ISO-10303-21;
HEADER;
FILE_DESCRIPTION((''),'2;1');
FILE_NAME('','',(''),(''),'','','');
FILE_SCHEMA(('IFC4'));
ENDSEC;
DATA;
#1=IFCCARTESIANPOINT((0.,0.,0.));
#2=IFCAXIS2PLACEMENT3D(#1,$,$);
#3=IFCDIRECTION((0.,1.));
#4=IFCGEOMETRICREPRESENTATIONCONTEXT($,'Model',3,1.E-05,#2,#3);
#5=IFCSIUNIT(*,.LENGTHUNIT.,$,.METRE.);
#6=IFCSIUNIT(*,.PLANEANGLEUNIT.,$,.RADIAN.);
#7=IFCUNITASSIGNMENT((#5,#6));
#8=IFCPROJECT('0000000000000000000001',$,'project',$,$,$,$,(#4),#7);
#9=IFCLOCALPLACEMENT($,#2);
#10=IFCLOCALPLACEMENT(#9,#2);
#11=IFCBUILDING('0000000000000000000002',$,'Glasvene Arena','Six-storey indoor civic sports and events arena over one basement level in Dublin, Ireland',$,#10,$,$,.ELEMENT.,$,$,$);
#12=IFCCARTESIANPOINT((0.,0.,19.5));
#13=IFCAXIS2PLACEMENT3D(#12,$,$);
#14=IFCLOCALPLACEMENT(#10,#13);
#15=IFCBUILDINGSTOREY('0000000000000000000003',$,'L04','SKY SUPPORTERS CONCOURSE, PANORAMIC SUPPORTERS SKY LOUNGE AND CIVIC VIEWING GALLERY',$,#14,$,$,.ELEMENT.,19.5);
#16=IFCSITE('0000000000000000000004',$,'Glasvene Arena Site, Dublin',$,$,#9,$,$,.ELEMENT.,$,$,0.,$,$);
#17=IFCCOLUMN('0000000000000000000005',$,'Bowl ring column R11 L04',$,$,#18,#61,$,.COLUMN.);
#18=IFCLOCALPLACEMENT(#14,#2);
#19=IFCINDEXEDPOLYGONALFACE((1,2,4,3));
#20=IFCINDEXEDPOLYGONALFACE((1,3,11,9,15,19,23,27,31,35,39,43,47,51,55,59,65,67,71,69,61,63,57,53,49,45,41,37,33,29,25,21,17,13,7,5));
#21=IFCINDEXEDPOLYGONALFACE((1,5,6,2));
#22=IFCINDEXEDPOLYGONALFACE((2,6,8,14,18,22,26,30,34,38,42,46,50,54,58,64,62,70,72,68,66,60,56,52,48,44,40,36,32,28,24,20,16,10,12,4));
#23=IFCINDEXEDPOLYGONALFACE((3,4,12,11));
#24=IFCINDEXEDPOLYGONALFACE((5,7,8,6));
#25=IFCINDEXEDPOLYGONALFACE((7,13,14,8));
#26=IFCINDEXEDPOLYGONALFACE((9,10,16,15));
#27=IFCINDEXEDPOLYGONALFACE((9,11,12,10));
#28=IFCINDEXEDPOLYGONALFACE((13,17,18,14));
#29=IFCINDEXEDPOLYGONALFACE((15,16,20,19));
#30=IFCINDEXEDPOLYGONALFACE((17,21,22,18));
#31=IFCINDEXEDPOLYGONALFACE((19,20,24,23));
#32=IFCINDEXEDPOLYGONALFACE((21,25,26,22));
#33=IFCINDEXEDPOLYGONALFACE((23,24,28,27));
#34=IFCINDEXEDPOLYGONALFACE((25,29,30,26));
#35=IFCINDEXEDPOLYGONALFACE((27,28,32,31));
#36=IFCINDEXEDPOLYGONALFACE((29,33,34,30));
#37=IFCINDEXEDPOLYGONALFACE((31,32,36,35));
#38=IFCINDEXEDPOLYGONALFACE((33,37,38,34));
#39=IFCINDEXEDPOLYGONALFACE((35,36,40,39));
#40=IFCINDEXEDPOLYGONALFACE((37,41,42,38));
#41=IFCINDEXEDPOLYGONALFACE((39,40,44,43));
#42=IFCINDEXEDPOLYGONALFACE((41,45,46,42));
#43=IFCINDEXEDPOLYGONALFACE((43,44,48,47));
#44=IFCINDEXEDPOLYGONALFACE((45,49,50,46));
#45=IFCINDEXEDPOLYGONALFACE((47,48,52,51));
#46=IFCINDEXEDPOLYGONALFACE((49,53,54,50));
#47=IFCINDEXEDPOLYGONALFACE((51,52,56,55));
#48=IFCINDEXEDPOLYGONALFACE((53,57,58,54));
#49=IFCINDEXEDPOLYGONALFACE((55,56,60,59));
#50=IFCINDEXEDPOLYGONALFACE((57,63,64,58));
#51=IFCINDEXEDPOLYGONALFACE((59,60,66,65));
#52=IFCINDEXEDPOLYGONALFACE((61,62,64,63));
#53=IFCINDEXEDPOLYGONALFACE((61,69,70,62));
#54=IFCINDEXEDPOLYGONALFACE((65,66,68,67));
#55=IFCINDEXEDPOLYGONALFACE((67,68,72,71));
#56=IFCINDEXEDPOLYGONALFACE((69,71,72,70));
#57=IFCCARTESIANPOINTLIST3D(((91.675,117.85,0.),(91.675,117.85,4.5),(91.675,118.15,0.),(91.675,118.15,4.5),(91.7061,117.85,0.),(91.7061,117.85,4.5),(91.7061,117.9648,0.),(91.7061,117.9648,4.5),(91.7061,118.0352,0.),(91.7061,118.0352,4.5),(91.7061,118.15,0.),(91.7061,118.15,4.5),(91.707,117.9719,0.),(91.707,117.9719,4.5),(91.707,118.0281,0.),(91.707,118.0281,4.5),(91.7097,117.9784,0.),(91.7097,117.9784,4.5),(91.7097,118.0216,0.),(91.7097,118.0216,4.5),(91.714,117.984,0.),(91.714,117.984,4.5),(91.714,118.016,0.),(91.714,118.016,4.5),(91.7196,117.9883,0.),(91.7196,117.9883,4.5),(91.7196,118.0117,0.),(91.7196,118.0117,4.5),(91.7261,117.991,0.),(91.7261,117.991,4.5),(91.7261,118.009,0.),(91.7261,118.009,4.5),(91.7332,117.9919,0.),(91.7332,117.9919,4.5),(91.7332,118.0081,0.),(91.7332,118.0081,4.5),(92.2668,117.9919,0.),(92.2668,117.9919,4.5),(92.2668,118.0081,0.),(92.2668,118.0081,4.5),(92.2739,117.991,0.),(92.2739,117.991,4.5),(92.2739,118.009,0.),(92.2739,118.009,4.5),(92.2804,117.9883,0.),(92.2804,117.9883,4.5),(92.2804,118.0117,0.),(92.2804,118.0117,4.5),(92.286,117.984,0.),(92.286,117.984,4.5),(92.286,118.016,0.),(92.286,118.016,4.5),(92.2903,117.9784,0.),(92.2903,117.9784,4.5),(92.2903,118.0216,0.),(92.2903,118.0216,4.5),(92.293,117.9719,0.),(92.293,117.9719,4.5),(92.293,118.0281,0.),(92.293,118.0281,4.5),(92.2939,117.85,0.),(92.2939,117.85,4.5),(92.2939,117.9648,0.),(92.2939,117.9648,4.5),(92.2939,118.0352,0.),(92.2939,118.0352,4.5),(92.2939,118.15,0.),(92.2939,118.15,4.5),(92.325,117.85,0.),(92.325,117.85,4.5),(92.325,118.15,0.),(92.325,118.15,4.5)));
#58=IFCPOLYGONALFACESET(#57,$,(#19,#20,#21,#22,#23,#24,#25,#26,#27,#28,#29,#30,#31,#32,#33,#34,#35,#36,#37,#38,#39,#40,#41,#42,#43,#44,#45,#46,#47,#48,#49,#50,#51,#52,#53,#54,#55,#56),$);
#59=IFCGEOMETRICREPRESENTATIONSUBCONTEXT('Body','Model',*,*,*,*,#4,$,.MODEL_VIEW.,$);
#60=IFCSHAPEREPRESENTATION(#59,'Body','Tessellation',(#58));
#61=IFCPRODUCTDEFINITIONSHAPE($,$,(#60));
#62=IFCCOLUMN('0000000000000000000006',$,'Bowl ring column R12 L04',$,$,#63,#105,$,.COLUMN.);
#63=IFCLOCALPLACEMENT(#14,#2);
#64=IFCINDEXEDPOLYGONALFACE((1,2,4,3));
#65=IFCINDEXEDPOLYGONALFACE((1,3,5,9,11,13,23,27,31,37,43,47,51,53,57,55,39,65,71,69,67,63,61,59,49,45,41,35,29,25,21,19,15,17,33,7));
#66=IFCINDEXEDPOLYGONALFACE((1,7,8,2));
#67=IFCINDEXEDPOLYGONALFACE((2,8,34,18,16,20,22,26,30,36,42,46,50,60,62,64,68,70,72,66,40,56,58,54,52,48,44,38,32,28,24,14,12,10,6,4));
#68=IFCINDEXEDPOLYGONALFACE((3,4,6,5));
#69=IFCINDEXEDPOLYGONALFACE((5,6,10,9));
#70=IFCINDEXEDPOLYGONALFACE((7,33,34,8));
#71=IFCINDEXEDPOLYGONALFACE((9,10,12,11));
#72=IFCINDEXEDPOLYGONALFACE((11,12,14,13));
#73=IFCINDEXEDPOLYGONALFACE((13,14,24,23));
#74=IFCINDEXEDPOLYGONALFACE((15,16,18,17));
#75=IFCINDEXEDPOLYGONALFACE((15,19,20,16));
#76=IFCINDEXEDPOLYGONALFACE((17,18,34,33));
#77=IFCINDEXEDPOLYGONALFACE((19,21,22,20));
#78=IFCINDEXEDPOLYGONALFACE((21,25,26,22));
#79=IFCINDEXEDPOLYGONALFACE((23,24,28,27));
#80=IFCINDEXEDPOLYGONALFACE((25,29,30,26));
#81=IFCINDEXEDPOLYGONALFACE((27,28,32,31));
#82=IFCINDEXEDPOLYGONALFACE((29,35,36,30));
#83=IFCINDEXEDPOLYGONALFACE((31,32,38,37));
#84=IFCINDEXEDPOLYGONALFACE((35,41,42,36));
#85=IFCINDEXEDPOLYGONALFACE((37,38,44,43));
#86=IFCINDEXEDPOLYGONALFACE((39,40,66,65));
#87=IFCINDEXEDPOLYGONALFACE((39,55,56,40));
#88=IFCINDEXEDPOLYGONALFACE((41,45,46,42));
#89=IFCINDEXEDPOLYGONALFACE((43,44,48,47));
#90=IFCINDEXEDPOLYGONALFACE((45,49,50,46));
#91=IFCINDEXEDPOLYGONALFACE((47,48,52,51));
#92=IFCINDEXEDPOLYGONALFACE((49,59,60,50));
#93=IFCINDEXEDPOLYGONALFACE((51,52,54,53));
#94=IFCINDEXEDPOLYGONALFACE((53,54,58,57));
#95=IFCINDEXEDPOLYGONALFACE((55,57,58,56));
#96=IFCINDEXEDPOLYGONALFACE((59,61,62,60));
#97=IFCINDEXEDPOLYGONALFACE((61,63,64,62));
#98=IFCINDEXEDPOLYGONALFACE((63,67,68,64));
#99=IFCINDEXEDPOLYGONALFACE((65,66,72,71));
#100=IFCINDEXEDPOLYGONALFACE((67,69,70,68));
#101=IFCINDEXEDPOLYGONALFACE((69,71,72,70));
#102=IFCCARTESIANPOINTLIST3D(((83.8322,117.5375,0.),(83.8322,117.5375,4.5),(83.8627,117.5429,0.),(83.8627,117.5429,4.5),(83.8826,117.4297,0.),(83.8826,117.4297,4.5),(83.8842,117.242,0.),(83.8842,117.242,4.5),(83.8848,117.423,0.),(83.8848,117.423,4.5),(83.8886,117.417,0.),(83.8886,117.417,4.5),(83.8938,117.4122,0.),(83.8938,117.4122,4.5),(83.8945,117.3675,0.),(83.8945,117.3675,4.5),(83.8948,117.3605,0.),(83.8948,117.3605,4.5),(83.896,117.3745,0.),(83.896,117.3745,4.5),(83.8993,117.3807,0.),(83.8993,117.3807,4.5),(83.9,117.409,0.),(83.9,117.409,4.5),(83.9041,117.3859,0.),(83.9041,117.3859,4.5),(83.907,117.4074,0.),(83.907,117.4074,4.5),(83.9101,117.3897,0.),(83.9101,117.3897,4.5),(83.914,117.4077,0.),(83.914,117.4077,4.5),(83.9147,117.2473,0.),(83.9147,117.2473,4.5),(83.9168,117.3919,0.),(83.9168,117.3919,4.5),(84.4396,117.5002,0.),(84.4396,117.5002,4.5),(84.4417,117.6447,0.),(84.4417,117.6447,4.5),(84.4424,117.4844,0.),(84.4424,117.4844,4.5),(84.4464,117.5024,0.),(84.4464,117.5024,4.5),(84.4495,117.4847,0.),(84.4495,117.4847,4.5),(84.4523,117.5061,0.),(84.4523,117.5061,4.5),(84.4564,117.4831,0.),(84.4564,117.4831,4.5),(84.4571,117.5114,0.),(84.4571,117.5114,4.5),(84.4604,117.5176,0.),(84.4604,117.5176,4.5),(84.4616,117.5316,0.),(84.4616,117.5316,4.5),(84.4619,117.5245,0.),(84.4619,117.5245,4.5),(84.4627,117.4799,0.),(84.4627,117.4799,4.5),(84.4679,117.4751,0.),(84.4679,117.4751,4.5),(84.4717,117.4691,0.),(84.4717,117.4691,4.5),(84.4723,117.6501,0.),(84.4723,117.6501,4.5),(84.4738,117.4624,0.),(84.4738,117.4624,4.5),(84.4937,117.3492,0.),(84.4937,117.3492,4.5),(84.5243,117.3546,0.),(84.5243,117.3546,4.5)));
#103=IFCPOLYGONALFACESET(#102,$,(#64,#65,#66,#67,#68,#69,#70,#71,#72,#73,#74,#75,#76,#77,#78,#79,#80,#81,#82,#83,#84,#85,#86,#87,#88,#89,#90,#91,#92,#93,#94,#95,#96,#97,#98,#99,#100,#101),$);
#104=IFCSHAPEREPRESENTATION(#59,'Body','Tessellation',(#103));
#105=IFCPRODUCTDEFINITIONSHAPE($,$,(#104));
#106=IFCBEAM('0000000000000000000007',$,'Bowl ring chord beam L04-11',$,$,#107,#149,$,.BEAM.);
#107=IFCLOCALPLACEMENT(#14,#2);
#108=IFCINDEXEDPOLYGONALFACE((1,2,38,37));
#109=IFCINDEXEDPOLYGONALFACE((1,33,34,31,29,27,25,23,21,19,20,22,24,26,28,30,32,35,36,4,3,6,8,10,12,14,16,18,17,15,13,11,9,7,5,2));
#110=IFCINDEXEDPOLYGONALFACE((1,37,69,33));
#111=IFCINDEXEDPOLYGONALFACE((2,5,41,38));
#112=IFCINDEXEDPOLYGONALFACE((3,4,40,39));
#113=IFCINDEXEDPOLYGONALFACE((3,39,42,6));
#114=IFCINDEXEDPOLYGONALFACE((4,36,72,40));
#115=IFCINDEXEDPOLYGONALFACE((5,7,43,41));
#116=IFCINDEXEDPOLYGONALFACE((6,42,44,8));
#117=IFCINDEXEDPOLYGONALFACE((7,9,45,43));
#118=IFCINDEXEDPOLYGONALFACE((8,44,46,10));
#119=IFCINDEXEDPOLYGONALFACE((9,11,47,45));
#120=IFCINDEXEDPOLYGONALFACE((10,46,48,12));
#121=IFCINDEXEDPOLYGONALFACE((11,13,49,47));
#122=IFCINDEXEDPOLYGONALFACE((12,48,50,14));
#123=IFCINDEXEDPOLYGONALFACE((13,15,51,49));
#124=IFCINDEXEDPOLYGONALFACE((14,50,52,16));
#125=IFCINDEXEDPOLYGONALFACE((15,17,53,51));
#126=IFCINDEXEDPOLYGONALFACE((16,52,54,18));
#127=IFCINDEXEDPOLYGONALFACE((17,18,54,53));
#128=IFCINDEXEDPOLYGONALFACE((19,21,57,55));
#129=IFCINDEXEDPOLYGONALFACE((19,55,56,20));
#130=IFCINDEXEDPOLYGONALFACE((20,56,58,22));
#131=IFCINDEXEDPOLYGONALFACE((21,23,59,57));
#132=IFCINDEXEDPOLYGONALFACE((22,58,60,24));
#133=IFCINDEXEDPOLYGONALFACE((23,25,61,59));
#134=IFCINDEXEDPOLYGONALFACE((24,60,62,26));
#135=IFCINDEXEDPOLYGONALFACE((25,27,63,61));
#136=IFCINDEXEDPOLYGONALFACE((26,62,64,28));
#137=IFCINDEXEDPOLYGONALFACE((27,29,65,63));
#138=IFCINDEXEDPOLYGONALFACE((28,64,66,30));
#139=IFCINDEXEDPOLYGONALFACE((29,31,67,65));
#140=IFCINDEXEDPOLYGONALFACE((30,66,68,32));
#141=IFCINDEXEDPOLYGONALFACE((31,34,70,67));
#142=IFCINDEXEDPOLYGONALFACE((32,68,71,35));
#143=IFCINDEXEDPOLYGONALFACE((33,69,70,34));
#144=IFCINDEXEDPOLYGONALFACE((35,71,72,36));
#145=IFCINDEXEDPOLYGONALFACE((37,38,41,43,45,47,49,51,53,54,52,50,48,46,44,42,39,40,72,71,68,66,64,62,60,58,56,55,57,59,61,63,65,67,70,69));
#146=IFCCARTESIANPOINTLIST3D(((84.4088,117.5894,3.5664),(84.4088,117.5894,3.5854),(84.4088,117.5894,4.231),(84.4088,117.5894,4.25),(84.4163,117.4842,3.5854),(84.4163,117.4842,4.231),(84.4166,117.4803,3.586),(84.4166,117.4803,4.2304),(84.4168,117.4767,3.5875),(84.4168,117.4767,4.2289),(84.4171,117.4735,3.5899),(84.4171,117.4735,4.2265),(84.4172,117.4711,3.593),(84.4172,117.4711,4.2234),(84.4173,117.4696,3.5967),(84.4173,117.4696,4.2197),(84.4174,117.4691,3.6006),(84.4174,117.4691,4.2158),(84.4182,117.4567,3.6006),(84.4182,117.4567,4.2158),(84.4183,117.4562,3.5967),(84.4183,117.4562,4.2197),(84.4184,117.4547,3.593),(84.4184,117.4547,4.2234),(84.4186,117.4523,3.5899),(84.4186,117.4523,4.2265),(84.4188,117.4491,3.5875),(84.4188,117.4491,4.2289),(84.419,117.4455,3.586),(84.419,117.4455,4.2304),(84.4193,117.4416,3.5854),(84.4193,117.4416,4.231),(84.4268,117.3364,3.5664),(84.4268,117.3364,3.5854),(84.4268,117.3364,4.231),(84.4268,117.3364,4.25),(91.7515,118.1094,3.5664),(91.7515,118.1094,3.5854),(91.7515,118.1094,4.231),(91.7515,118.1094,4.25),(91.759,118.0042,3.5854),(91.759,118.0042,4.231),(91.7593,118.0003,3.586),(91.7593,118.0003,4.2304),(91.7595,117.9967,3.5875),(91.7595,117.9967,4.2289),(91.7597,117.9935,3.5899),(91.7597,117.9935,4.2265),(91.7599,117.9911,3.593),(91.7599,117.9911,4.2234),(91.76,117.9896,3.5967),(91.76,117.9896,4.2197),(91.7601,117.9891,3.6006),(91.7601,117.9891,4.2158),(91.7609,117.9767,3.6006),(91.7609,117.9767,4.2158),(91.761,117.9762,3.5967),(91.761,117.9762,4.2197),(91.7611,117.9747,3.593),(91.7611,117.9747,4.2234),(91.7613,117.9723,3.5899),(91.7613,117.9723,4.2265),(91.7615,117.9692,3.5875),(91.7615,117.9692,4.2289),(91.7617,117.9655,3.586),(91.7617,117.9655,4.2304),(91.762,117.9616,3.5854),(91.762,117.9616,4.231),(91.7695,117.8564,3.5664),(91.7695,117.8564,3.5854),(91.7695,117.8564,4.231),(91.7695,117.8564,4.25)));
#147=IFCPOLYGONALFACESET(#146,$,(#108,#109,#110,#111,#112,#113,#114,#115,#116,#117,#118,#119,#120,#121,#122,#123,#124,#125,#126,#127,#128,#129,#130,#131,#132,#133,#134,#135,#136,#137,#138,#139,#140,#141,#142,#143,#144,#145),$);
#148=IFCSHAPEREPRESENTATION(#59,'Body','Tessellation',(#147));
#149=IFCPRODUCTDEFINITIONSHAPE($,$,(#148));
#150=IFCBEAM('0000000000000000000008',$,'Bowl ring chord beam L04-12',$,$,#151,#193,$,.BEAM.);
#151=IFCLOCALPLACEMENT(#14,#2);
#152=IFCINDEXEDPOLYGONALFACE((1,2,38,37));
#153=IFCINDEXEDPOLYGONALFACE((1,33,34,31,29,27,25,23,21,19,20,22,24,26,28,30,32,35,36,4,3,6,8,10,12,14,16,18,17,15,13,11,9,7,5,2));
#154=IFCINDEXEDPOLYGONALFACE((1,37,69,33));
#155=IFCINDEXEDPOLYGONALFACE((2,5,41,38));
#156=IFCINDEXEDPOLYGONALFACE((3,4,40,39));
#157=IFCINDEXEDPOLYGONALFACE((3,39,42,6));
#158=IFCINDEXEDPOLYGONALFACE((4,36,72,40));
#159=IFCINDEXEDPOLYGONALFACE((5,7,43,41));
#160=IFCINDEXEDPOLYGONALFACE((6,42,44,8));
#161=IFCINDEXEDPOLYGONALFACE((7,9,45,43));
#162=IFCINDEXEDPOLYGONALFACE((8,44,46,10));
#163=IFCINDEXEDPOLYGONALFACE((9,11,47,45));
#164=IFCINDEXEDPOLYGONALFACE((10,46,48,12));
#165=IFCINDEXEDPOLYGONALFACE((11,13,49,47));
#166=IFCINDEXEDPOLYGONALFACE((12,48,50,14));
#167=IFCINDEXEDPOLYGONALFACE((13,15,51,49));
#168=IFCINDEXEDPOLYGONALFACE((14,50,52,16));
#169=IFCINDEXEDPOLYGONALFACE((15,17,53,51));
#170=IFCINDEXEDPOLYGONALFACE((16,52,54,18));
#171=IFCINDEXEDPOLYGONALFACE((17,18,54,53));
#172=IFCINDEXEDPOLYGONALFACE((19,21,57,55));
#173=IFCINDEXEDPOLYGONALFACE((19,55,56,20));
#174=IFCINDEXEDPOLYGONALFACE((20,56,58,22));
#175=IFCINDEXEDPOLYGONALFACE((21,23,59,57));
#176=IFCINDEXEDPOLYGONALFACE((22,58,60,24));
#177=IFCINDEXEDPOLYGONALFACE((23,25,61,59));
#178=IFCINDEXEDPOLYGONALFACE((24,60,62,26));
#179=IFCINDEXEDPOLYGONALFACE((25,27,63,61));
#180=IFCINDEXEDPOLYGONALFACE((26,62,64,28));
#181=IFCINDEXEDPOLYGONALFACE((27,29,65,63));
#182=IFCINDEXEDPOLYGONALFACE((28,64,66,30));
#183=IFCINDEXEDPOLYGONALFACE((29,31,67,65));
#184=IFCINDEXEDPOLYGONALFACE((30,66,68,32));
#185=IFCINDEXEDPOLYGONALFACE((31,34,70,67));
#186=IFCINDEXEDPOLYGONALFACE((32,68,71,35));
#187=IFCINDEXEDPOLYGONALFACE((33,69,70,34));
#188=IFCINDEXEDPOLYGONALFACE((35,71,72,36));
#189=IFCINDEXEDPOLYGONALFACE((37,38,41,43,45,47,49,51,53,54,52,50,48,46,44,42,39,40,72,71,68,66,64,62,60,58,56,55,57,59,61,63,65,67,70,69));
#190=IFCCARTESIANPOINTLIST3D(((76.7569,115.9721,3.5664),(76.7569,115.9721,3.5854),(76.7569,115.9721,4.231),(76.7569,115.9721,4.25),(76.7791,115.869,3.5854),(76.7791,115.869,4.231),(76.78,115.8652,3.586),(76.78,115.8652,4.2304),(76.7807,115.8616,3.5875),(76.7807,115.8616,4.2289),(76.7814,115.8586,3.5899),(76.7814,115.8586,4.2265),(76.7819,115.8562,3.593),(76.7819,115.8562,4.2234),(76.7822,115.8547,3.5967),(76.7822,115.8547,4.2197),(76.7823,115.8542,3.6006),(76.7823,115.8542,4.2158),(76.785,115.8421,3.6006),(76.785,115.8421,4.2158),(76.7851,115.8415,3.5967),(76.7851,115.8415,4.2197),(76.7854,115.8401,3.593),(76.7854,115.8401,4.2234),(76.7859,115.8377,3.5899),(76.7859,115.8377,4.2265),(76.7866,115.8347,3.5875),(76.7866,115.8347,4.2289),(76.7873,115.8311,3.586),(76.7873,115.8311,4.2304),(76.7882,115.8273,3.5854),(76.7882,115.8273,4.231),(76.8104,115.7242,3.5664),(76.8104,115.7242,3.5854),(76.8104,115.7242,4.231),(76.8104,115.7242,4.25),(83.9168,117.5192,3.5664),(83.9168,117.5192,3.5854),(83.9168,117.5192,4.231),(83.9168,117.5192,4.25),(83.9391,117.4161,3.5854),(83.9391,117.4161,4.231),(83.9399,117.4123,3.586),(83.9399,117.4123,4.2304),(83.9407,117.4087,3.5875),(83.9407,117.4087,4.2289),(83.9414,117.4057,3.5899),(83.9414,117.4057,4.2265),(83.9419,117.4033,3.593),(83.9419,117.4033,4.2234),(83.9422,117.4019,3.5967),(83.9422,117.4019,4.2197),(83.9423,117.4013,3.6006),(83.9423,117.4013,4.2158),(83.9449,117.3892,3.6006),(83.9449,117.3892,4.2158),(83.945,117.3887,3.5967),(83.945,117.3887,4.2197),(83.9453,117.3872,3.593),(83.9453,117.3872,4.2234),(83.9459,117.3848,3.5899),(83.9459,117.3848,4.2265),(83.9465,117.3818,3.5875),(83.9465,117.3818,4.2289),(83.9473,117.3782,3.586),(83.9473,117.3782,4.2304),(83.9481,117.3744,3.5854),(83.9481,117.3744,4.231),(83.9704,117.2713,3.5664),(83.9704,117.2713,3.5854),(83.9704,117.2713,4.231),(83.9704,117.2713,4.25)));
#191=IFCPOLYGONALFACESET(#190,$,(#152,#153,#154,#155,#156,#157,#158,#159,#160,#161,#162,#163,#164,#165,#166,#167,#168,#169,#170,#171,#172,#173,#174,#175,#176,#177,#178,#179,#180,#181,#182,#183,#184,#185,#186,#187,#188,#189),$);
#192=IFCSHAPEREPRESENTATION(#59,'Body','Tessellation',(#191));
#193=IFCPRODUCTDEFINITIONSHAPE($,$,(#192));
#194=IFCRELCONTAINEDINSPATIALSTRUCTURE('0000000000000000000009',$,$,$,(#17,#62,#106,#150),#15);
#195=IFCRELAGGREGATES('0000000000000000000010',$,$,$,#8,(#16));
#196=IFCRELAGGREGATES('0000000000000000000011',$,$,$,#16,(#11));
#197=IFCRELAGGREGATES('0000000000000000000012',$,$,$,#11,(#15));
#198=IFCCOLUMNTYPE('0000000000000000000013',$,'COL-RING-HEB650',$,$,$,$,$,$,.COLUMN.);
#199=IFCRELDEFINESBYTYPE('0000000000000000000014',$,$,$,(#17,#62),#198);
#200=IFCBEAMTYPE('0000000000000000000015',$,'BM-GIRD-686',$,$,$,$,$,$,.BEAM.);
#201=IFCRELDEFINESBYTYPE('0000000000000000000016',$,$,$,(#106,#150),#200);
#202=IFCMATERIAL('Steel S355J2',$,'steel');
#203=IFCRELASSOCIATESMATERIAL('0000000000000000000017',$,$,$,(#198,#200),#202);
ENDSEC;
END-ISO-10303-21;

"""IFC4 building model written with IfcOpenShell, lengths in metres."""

from ifc_helpers import new_model, si_unit, direction, frame, origin, origin_2d, place, context, subcontext, project, spatial, i_section, extrude, material, material_profile, profile_set, type_object, element, save


model = new_model("IFC4")

# Units and contexts
model_context = context("Model", 3, precision=1e-05, world=origin(), true_north=direction((0.0, 1.0)))
body_context = subcontext(model_context, "Body", "Model", "MODEL_VIEW")
ifc_project = project(units=[si_unit("LENGTHUNIT", "METRE"), si_unit("PLANEANGLEUNIT", "RADIAN")], contexts=[model_context])

# Site, building, storey
site_placement = place(None, origin())
site = spatial("IfcSite", under=ifc_project, at=site_placement, Name="Glasvene Arena Site, Dublin", CompositionType="ELEMENT", RefElevation=0.0)
building_placement = place(site_placement, origin())
building = spatial("IfcBuilding", under=site, at=building_placement, Name="Glasvene Arena", Description="Six-storey indoor civic sports and events arena over one basement level in Dublin, Ireland", CompositionType="ELEMENT")
storey_placement = place(building_placement, frame((0.0, 0.0, 19.5)))
storey = spatial("IfcBuildingStorey", under=building, at=storey_placement, Name="L04", Description="SKY SUPPORTERS CONCOURSE, PANORAMIC SUPPORTERS SKY LOUNGE AND CIVIC VIEWING GALLERY", CompositionType="ELEMENT", Elevation=19.5)

# Columns
ifc_material_1 = material(Name="Steel S355J2", Category="steel")
ifc_material_profile_1 = material_profile(ifc_material_1, i_section(OverallWidth=0.3, OverallDepth=0.6499, WebThickness=0.0161, FlangeThickness=0.031, FilletRadius=0.0271, at=origin_2d()), Name="HEB 650")
ifc_profile_set_1 = profile_set([ifc_material_profile_1], Name="Steel S355J2")
column_type = type_object("IfcColumnType", Name="COL-RING-HEB650", PredefinedType="COLUMN", material=ifc_profile_set_1)
for number, where, z_axis, x_axis, name in (
    (1, (92.0, 118.0, 0.0), (0.0, 0.0, 1.0), (0.0, 1.0, 0.0), "Bowl ring column R11 L04"),
    (2, (84.1782, 117.446, 0.0), (0.0, 0.0, 1.0), (-0.173304, 0.984868, 0.0), "Bowl ring column R12 L04"),
):
    element("IfcColumn", number, at=place(storey_placement, frame(where, z_axis=z_axis, x_axis=x_axis)), inside=storey, type_object=column_type, Name=name, PredefinedType="COLUMN", context=body_context, shape_type="SweptSolid", body=[
        extrude(i_section(OverallWidth=0.3, OverallDepth=0.6499, WebThickness=0.0161, FlangeThickness=0.031, FilletRadius=0.0271, at=origin_2d()), origin(), (0.0, 0.0, 1.0), 4.5),
    ])

# Beams
ifc_material_profile_2 = material_profile(ifc_material_1, i_section(OverallWidth=0.2537, OverallDepth=0.6836, WebThickness=0.0125, FlangeThickness=0.019, FilletRadius=0.0151, at=origin_2d()), Name="UKB 686x254x140")
ifc_profile_set_2 = profile_set([ifc_material_profile_2], Name="Steel S355J2")
beam_type = type_object("IfcBeamType", Name="BM-GIRD-686", PredefinedType="BEAM", material=ifc_profile_set_2)
beam_1_placement = place(storey_placement, frame((91.7605, 117.9829, 3.9082), z_axis=(-0.997502, -0.070644, 0.0), x_axis=(0.070644, -0.997502, 0.0)))
element("IfcBeam", 3, at=beam_1_placement, inside=storey, type_object=beam_type, Name="Bowl ring chord beam L04-11", PredefinedType="BEAM", context=body_context, shape_type="SweptSolid", body=[
    extrude(i_section(OverallWidth=0.2537, OverallDepth=0.6836, WebThickness=0.0125, FlangeThickness=0.019, FilletRadius=0.0151, at=origin_2d()), origin(), (0.0, 0.0, 1.0), 7.3611),
])
beam_2_placement = place(storey_placement, frame((83.9436, 117.3953, 3.9082), z_axis=(-0.977442, -0.211206, 0.0), x_axis=(0.211206, -0.977442, 0.0)))
element("IfcBeam", 4, at=beam_2_placement, inside=storey, type_object=beam_type, Name="Bowl ring chord beam L04-12", PredefinedType="BEAM", context=body_context, shape_type="SweptSolid", body=[
    extrude(i_section(OverallWidth=0.2537, OverallDepth=0.6836, WebThickness=0.0125, FlangeThickness=0.019, FilletRadius=0.0151, at=origin_2d()), origin(), (0.0, 0.0, 1.0), 7.3252),
])

save(model, "model.ifc")
